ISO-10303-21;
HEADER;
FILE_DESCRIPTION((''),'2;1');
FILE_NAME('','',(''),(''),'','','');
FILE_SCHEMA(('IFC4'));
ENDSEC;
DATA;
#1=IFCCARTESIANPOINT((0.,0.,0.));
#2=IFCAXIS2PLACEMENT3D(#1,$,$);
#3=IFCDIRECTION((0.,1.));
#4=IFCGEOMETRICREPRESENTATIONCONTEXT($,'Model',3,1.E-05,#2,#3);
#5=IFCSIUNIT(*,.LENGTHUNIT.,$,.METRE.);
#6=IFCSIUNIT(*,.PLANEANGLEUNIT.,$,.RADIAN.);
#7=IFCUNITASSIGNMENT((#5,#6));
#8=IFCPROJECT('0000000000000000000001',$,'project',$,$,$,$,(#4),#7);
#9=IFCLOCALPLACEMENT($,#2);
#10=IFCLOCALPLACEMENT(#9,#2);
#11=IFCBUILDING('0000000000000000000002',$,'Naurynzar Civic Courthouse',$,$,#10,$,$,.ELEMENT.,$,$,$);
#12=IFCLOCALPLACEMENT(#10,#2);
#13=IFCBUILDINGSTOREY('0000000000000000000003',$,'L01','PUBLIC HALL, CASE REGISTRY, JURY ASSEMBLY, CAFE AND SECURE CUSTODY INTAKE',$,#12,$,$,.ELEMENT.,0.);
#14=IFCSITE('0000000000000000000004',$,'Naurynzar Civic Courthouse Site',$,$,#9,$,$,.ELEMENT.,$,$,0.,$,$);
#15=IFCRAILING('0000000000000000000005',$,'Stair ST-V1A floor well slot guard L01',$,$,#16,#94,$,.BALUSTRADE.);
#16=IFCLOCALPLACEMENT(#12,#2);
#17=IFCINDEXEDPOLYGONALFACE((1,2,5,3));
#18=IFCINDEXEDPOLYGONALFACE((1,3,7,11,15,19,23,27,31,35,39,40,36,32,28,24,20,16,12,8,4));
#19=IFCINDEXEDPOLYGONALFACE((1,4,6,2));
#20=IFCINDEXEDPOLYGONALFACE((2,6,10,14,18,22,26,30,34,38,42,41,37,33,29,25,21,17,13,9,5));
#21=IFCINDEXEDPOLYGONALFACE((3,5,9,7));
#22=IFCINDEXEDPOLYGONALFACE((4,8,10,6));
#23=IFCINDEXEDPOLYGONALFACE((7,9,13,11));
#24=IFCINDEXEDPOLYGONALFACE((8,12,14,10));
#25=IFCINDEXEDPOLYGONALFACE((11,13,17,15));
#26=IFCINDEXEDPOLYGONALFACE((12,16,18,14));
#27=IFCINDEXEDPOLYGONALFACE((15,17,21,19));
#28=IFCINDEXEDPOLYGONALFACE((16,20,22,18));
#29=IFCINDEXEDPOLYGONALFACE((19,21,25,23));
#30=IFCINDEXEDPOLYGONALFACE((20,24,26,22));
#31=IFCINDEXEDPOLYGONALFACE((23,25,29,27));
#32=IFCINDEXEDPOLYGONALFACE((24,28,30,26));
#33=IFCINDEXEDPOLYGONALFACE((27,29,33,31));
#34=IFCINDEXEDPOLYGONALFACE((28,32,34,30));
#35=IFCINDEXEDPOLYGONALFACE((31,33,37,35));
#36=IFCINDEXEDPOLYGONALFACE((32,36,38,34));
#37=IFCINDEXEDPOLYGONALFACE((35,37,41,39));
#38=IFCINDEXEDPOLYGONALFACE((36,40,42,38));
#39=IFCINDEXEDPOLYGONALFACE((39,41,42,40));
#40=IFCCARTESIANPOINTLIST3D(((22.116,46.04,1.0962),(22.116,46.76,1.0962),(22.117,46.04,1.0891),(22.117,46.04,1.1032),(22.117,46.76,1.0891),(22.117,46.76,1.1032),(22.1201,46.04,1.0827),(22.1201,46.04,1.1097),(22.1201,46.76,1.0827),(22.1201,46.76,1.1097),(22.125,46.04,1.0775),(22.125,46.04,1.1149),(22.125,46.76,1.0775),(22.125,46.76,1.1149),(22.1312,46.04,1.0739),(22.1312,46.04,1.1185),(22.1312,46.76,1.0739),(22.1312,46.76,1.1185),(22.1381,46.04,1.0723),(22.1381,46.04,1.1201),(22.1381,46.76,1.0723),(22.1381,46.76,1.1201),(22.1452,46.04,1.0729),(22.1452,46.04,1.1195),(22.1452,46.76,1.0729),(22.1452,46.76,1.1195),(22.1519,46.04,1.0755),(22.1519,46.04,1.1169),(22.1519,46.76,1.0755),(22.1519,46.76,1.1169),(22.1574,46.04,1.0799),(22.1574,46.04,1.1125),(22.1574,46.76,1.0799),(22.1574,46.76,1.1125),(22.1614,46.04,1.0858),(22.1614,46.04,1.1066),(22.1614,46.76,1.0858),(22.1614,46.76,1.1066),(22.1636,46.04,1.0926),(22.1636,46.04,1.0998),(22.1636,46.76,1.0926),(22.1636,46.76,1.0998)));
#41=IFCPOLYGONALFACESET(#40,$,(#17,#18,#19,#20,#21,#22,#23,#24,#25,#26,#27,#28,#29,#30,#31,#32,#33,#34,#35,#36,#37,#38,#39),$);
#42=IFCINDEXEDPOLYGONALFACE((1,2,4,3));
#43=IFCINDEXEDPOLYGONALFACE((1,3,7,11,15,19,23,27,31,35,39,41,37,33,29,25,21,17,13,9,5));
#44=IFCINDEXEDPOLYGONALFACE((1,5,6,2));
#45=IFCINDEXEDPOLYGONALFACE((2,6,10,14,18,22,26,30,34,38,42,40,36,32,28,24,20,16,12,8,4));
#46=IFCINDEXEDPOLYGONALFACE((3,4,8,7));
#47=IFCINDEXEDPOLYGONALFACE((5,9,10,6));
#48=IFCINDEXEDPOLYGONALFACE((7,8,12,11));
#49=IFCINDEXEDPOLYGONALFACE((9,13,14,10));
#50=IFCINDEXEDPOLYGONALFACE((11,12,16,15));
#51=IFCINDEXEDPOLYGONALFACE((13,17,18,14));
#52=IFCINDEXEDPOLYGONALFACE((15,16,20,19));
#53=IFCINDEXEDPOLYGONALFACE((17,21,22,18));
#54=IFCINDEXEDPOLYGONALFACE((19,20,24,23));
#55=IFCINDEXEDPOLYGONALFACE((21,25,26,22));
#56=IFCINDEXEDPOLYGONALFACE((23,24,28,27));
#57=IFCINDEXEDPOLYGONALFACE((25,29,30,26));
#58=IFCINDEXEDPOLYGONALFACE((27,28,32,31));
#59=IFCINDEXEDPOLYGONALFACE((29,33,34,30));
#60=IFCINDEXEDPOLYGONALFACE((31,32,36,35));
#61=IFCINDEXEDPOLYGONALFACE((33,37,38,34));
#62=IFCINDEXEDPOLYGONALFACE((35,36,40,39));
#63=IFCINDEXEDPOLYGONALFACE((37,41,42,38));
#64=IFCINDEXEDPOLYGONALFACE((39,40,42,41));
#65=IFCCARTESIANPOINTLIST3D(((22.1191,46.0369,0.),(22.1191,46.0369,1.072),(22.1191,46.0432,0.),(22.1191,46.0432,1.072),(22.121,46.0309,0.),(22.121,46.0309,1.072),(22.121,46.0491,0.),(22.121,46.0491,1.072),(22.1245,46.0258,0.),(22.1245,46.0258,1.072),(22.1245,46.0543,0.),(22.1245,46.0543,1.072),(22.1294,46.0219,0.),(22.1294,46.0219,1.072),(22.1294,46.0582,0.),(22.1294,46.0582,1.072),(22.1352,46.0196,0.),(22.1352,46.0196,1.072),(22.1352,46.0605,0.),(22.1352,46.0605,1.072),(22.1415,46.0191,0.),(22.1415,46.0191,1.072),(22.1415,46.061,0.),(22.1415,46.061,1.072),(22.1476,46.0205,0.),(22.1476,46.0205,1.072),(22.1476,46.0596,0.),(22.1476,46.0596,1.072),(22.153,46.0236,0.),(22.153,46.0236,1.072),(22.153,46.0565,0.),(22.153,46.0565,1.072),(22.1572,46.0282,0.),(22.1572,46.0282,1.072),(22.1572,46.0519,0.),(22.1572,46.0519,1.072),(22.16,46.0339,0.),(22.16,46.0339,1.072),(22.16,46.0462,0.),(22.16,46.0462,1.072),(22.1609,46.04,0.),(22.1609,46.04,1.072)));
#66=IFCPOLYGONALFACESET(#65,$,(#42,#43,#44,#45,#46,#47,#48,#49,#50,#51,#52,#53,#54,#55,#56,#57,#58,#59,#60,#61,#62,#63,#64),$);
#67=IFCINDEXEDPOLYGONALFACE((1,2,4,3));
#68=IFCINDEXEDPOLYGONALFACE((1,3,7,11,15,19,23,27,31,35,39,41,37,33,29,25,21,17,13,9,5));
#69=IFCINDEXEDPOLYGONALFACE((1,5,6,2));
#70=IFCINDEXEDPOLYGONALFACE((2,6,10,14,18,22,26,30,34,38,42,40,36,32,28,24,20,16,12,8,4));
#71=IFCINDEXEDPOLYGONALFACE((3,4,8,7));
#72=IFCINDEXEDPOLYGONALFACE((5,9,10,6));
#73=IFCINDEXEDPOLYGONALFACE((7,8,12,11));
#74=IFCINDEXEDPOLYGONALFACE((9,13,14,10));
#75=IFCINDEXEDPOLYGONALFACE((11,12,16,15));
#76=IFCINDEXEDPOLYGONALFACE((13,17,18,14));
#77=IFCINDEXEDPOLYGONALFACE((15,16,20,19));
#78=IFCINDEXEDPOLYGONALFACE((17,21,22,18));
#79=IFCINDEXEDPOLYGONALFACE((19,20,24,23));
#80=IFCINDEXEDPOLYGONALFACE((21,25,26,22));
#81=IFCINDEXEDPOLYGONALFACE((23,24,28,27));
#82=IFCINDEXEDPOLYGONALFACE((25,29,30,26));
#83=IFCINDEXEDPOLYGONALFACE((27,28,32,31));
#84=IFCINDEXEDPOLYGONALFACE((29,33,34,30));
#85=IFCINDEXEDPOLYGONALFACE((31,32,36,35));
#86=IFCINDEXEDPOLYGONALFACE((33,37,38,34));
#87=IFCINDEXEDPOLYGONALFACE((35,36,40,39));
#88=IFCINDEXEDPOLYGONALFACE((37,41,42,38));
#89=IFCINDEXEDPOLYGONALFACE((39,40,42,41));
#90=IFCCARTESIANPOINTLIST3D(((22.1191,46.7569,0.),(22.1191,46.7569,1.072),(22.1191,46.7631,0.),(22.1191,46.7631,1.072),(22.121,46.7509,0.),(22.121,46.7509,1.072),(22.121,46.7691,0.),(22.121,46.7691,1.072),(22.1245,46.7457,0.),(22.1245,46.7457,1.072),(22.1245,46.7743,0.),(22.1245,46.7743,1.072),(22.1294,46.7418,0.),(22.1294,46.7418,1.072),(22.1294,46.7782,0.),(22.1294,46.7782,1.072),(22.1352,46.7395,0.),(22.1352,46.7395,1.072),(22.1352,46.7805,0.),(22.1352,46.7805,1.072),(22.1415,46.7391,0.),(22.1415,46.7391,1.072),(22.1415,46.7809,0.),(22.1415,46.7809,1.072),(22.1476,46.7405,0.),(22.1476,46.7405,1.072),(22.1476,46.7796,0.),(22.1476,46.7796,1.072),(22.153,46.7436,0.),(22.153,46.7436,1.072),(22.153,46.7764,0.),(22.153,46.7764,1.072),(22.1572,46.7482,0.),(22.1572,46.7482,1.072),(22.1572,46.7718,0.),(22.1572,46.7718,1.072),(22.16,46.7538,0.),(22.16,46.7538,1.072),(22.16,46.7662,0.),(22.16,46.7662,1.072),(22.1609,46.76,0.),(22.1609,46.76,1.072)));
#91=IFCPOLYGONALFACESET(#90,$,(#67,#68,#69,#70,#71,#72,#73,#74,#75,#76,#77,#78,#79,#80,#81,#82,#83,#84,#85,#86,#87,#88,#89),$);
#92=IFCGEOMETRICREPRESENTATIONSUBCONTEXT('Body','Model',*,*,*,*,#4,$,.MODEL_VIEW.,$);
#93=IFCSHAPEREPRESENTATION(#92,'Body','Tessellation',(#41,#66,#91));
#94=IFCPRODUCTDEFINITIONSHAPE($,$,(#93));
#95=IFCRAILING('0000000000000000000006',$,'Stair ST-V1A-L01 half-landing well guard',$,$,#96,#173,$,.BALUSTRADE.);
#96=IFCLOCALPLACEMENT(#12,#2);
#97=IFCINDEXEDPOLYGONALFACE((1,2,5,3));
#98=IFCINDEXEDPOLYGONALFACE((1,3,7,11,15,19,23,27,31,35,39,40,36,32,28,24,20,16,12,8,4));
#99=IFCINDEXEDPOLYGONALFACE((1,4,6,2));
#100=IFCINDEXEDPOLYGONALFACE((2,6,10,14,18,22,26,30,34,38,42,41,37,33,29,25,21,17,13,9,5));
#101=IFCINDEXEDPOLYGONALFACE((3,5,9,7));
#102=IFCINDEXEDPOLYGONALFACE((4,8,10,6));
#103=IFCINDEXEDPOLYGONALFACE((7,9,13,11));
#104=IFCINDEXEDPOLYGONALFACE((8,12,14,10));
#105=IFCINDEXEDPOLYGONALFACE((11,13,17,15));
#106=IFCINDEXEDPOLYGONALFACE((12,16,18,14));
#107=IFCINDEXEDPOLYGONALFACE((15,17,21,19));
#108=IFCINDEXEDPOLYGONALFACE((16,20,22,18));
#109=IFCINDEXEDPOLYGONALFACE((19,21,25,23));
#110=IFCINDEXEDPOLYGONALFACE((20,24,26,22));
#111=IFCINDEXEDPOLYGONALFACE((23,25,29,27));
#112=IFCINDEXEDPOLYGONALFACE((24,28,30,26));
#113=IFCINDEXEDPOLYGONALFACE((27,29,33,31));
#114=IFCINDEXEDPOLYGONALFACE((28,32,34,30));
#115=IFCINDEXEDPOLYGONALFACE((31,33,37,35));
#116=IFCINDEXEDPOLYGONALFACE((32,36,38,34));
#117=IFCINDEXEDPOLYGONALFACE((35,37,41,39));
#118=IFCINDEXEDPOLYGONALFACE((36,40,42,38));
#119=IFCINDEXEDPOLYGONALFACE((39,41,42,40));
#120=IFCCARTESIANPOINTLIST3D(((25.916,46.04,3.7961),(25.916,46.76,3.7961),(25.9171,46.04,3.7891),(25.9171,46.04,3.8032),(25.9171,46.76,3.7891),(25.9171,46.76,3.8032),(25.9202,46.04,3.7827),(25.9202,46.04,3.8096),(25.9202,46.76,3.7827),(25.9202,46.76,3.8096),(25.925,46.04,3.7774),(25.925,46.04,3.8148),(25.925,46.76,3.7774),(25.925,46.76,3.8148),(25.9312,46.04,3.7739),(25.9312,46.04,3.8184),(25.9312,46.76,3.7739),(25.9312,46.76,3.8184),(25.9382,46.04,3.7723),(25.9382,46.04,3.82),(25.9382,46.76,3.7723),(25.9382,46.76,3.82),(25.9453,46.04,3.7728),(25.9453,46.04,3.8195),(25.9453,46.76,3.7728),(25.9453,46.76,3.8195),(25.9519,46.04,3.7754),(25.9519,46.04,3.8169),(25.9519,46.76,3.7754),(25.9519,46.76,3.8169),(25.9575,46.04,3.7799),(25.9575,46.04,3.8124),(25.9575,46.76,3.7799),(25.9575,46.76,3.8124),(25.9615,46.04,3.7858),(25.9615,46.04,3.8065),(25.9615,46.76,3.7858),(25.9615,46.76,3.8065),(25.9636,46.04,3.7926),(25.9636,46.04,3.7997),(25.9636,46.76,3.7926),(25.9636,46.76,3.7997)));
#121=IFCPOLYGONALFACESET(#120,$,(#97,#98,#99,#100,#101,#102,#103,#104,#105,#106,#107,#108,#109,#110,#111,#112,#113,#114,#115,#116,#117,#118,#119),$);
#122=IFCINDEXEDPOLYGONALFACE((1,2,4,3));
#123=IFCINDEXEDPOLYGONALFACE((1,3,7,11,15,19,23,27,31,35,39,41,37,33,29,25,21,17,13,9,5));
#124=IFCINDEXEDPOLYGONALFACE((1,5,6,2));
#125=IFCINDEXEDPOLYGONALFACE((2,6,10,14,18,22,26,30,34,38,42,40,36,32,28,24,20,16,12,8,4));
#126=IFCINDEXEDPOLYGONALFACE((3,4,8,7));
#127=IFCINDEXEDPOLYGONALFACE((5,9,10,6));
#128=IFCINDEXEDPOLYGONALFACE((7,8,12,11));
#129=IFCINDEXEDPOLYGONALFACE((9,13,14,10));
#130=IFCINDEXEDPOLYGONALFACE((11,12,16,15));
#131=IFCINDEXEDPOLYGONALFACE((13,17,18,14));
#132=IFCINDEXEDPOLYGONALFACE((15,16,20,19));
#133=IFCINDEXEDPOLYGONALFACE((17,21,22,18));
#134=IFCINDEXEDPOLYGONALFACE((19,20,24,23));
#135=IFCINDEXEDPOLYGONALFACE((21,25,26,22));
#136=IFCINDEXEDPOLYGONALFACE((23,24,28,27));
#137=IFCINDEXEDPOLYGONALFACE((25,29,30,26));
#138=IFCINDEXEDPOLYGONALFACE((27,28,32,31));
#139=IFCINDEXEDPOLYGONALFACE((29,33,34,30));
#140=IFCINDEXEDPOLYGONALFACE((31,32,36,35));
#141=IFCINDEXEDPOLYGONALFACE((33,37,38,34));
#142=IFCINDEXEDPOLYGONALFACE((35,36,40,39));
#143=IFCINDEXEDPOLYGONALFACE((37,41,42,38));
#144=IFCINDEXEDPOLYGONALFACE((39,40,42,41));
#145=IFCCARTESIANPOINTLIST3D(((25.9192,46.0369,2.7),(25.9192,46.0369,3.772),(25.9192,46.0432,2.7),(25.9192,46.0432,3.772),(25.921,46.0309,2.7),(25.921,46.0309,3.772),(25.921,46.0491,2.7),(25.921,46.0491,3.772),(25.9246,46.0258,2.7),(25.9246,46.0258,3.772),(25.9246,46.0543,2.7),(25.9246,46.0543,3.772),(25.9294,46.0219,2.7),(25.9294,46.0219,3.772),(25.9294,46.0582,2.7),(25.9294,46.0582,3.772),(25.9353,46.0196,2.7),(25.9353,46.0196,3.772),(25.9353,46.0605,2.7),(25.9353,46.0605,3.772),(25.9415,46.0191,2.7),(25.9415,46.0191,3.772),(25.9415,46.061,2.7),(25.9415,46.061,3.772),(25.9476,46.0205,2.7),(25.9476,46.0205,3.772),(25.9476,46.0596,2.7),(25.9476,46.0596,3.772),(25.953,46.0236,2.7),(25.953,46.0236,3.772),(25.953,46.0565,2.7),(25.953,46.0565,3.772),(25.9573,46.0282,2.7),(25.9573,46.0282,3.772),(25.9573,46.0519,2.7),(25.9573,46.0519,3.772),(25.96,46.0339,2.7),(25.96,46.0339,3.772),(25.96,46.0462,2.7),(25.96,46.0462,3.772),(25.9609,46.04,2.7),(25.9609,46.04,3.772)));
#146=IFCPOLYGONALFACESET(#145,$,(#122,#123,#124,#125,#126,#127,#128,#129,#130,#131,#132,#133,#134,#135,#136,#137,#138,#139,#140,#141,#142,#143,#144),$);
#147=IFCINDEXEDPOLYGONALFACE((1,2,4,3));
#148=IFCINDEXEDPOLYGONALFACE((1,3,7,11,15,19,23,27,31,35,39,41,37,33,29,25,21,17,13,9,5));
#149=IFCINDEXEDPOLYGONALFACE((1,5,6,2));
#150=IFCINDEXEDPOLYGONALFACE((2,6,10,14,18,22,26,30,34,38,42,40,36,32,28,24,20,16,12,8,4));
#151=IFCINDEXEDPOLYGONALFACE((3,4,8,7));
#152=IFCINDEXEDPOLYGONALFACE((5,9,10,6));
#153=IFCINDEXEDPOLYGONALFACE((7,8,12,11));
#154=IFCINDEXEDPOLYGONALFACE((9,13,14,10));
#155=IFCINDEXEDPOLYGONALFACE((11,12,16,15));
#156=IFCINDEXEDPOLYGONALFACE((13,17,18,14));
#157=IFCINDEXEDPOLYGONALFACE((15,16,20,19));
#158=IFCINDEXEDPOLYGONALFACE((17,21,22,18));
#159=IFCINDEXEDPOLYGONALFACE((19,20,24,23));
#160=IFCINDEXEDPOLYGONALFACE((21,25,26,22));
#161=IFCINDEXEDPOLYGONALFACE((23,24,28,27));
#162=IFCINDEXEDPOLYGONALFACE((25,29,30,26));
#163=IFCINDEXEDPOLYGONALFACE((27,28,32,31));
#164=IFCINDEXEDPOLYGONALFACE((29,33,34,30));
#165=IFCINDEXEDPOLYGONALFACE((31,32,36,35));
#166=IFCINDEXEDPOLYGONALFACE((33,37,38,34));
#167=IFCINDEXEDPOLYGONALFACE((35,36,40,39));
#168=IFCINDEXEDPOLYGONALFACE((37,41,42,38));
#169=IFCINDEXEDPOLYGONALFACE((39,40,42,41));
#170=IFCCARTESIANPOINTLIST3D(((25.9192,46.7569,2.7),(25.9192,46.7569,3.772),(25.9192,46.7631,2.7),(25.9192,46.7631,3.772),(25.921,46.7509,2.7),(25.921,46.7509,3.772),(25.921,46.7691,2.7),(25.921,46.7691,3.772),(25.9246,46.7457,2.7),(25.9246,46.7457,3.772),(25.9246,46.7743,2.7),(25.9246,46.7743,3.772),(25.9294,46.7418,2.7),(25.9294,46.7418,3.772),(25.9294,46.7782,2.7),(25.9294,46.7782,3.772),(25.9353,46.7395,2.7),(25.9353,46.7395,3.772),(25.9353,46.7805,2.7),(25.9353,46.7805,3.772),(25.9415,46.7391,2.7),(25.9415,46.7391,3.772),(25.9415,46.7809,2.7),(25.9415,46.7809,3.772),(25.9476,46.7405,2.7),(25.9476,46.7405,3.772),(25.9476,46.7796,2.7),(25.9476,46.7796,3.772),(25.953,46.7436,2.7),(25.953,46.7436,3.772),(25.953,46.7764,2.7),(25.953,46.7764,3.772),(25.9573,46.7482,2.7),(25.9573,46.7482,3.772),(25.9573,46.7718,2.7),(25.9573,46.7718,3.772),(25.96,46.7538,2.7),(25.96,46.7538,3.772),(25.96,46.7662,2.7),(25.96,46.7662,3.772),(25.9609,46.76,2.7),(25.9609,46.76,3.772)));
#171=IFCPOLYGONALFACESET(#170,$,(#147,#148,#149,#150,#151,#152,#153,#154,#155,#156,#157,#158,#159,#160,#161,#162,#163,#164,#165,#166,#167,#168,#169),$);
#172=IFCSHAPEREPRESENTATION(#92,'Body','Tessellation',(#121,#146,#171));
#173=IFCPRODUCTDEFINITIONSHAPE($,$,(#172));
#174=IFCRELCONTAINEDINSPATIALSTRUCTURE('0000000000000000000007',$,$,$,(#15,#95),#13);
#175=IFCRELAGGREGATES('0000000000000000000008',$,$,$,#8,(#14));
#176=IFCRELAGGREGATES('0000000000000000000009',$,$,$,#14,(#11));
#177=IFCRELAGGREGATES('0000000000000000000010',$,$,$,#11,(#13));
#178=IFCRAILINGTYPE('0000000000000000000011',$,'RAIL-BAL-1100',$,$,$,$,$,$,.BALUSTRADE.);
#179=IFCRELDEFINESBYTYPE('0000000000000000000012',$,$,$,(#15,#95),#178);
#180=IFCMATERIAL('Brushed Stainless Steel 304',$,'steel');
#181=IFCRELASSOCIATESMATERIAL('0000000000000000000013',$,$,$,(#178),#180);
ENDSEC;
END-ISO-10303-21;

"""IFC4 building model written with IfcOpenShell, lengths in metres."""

from ifc_helpers import new_model, si_unit, direction, frame, origin, origin_2d, place, context, subcontext, project, spatial, circle, extrude, material, type_object, element, save


model = new_model("IFC4")

# Units and contexts
model_context = context("Model", 3, precision=1e-05, world=origin(), true_north=direction((0.0, 1.0)))
body_context = subcontext(model_context, "Body", "Model", "MODEL_VIEW")
ifc_project = project(units=[si_unit("LENGTHUNIT", "METRE"), si_unit("PLANEANGLEUNIT", "RADIAN")], contexts=[model_context])

# Site, building, storey
site_placement = place(None, origin())
site = spatial("IfcSite", under=ifc_project, at=site_placement, Name="Naurynzar Civic Courthouse Site", CompositionType="ELEMENT", RefElevation=0.0)
building_placement = place(site_placement, origin())
building = spatial("IfcBuilding", under=site, at=building_placement, Name="Naurynzar Civic Courthouse", CompositionType="ELEMENT")
storey_placement = place(building_placement, origin())
storey = spatial("IfcBuildingStorey", under=building, at=storey_placement, Name="L01", Description="PUBLIC HALL, CASE REGISTRY, JURY ASSEMBLY, CAFE AND SECURE CUSTODY INTAKE", CompositionType="ELEMENT", Elevation=0.0)

# Railings
ifc_material_1 = material(Name="Brushed Stainless Steel 304", Category="steel")
railing_type_1 = type_object("IfcRailingType", Name="RAIL-BAL-1100", PredefinedType="BALUSTRADE", material=ifc_material_1)
for number, where, name in (
    (1, (22.1399, 46.04, 0.0), "Stair ST-V1A floor well slot guard L01"),
    (2, (25.9399, 46.04, 2.7), "Stair ST-V1A-L01 half-landing well guard"),
):
    element("IfcRailing", number, at=place(storey_placement, frame(where)), inside=storey, type_object=railing_type_1, Name=name, PredefinedType="BALUSTRADE", context=body_context, shape_type="SweptSolid", body=[
        extrude(circle(Radius=0.0239, at=origin_2d()), frame((0.0, 0.0, 1.0962), z_axis=(0.0, 1.0, 0.0), x_axis=(-1.0, 0.0, 0.0)), (0.0, 0.0, 1.0), 0.72),
        extrude(circle(Radius=0.021, at=origin_2d()), origin(), (0.0, 0.0, 1.0), 1.072),
        extrude(circle(Radius=0.021, at=origin_2d()), frame((0.0, 0.72, 0.0)), (0.0, 0.0, 1.0), 1.072),
    ])

save(model, "model.ifc")
